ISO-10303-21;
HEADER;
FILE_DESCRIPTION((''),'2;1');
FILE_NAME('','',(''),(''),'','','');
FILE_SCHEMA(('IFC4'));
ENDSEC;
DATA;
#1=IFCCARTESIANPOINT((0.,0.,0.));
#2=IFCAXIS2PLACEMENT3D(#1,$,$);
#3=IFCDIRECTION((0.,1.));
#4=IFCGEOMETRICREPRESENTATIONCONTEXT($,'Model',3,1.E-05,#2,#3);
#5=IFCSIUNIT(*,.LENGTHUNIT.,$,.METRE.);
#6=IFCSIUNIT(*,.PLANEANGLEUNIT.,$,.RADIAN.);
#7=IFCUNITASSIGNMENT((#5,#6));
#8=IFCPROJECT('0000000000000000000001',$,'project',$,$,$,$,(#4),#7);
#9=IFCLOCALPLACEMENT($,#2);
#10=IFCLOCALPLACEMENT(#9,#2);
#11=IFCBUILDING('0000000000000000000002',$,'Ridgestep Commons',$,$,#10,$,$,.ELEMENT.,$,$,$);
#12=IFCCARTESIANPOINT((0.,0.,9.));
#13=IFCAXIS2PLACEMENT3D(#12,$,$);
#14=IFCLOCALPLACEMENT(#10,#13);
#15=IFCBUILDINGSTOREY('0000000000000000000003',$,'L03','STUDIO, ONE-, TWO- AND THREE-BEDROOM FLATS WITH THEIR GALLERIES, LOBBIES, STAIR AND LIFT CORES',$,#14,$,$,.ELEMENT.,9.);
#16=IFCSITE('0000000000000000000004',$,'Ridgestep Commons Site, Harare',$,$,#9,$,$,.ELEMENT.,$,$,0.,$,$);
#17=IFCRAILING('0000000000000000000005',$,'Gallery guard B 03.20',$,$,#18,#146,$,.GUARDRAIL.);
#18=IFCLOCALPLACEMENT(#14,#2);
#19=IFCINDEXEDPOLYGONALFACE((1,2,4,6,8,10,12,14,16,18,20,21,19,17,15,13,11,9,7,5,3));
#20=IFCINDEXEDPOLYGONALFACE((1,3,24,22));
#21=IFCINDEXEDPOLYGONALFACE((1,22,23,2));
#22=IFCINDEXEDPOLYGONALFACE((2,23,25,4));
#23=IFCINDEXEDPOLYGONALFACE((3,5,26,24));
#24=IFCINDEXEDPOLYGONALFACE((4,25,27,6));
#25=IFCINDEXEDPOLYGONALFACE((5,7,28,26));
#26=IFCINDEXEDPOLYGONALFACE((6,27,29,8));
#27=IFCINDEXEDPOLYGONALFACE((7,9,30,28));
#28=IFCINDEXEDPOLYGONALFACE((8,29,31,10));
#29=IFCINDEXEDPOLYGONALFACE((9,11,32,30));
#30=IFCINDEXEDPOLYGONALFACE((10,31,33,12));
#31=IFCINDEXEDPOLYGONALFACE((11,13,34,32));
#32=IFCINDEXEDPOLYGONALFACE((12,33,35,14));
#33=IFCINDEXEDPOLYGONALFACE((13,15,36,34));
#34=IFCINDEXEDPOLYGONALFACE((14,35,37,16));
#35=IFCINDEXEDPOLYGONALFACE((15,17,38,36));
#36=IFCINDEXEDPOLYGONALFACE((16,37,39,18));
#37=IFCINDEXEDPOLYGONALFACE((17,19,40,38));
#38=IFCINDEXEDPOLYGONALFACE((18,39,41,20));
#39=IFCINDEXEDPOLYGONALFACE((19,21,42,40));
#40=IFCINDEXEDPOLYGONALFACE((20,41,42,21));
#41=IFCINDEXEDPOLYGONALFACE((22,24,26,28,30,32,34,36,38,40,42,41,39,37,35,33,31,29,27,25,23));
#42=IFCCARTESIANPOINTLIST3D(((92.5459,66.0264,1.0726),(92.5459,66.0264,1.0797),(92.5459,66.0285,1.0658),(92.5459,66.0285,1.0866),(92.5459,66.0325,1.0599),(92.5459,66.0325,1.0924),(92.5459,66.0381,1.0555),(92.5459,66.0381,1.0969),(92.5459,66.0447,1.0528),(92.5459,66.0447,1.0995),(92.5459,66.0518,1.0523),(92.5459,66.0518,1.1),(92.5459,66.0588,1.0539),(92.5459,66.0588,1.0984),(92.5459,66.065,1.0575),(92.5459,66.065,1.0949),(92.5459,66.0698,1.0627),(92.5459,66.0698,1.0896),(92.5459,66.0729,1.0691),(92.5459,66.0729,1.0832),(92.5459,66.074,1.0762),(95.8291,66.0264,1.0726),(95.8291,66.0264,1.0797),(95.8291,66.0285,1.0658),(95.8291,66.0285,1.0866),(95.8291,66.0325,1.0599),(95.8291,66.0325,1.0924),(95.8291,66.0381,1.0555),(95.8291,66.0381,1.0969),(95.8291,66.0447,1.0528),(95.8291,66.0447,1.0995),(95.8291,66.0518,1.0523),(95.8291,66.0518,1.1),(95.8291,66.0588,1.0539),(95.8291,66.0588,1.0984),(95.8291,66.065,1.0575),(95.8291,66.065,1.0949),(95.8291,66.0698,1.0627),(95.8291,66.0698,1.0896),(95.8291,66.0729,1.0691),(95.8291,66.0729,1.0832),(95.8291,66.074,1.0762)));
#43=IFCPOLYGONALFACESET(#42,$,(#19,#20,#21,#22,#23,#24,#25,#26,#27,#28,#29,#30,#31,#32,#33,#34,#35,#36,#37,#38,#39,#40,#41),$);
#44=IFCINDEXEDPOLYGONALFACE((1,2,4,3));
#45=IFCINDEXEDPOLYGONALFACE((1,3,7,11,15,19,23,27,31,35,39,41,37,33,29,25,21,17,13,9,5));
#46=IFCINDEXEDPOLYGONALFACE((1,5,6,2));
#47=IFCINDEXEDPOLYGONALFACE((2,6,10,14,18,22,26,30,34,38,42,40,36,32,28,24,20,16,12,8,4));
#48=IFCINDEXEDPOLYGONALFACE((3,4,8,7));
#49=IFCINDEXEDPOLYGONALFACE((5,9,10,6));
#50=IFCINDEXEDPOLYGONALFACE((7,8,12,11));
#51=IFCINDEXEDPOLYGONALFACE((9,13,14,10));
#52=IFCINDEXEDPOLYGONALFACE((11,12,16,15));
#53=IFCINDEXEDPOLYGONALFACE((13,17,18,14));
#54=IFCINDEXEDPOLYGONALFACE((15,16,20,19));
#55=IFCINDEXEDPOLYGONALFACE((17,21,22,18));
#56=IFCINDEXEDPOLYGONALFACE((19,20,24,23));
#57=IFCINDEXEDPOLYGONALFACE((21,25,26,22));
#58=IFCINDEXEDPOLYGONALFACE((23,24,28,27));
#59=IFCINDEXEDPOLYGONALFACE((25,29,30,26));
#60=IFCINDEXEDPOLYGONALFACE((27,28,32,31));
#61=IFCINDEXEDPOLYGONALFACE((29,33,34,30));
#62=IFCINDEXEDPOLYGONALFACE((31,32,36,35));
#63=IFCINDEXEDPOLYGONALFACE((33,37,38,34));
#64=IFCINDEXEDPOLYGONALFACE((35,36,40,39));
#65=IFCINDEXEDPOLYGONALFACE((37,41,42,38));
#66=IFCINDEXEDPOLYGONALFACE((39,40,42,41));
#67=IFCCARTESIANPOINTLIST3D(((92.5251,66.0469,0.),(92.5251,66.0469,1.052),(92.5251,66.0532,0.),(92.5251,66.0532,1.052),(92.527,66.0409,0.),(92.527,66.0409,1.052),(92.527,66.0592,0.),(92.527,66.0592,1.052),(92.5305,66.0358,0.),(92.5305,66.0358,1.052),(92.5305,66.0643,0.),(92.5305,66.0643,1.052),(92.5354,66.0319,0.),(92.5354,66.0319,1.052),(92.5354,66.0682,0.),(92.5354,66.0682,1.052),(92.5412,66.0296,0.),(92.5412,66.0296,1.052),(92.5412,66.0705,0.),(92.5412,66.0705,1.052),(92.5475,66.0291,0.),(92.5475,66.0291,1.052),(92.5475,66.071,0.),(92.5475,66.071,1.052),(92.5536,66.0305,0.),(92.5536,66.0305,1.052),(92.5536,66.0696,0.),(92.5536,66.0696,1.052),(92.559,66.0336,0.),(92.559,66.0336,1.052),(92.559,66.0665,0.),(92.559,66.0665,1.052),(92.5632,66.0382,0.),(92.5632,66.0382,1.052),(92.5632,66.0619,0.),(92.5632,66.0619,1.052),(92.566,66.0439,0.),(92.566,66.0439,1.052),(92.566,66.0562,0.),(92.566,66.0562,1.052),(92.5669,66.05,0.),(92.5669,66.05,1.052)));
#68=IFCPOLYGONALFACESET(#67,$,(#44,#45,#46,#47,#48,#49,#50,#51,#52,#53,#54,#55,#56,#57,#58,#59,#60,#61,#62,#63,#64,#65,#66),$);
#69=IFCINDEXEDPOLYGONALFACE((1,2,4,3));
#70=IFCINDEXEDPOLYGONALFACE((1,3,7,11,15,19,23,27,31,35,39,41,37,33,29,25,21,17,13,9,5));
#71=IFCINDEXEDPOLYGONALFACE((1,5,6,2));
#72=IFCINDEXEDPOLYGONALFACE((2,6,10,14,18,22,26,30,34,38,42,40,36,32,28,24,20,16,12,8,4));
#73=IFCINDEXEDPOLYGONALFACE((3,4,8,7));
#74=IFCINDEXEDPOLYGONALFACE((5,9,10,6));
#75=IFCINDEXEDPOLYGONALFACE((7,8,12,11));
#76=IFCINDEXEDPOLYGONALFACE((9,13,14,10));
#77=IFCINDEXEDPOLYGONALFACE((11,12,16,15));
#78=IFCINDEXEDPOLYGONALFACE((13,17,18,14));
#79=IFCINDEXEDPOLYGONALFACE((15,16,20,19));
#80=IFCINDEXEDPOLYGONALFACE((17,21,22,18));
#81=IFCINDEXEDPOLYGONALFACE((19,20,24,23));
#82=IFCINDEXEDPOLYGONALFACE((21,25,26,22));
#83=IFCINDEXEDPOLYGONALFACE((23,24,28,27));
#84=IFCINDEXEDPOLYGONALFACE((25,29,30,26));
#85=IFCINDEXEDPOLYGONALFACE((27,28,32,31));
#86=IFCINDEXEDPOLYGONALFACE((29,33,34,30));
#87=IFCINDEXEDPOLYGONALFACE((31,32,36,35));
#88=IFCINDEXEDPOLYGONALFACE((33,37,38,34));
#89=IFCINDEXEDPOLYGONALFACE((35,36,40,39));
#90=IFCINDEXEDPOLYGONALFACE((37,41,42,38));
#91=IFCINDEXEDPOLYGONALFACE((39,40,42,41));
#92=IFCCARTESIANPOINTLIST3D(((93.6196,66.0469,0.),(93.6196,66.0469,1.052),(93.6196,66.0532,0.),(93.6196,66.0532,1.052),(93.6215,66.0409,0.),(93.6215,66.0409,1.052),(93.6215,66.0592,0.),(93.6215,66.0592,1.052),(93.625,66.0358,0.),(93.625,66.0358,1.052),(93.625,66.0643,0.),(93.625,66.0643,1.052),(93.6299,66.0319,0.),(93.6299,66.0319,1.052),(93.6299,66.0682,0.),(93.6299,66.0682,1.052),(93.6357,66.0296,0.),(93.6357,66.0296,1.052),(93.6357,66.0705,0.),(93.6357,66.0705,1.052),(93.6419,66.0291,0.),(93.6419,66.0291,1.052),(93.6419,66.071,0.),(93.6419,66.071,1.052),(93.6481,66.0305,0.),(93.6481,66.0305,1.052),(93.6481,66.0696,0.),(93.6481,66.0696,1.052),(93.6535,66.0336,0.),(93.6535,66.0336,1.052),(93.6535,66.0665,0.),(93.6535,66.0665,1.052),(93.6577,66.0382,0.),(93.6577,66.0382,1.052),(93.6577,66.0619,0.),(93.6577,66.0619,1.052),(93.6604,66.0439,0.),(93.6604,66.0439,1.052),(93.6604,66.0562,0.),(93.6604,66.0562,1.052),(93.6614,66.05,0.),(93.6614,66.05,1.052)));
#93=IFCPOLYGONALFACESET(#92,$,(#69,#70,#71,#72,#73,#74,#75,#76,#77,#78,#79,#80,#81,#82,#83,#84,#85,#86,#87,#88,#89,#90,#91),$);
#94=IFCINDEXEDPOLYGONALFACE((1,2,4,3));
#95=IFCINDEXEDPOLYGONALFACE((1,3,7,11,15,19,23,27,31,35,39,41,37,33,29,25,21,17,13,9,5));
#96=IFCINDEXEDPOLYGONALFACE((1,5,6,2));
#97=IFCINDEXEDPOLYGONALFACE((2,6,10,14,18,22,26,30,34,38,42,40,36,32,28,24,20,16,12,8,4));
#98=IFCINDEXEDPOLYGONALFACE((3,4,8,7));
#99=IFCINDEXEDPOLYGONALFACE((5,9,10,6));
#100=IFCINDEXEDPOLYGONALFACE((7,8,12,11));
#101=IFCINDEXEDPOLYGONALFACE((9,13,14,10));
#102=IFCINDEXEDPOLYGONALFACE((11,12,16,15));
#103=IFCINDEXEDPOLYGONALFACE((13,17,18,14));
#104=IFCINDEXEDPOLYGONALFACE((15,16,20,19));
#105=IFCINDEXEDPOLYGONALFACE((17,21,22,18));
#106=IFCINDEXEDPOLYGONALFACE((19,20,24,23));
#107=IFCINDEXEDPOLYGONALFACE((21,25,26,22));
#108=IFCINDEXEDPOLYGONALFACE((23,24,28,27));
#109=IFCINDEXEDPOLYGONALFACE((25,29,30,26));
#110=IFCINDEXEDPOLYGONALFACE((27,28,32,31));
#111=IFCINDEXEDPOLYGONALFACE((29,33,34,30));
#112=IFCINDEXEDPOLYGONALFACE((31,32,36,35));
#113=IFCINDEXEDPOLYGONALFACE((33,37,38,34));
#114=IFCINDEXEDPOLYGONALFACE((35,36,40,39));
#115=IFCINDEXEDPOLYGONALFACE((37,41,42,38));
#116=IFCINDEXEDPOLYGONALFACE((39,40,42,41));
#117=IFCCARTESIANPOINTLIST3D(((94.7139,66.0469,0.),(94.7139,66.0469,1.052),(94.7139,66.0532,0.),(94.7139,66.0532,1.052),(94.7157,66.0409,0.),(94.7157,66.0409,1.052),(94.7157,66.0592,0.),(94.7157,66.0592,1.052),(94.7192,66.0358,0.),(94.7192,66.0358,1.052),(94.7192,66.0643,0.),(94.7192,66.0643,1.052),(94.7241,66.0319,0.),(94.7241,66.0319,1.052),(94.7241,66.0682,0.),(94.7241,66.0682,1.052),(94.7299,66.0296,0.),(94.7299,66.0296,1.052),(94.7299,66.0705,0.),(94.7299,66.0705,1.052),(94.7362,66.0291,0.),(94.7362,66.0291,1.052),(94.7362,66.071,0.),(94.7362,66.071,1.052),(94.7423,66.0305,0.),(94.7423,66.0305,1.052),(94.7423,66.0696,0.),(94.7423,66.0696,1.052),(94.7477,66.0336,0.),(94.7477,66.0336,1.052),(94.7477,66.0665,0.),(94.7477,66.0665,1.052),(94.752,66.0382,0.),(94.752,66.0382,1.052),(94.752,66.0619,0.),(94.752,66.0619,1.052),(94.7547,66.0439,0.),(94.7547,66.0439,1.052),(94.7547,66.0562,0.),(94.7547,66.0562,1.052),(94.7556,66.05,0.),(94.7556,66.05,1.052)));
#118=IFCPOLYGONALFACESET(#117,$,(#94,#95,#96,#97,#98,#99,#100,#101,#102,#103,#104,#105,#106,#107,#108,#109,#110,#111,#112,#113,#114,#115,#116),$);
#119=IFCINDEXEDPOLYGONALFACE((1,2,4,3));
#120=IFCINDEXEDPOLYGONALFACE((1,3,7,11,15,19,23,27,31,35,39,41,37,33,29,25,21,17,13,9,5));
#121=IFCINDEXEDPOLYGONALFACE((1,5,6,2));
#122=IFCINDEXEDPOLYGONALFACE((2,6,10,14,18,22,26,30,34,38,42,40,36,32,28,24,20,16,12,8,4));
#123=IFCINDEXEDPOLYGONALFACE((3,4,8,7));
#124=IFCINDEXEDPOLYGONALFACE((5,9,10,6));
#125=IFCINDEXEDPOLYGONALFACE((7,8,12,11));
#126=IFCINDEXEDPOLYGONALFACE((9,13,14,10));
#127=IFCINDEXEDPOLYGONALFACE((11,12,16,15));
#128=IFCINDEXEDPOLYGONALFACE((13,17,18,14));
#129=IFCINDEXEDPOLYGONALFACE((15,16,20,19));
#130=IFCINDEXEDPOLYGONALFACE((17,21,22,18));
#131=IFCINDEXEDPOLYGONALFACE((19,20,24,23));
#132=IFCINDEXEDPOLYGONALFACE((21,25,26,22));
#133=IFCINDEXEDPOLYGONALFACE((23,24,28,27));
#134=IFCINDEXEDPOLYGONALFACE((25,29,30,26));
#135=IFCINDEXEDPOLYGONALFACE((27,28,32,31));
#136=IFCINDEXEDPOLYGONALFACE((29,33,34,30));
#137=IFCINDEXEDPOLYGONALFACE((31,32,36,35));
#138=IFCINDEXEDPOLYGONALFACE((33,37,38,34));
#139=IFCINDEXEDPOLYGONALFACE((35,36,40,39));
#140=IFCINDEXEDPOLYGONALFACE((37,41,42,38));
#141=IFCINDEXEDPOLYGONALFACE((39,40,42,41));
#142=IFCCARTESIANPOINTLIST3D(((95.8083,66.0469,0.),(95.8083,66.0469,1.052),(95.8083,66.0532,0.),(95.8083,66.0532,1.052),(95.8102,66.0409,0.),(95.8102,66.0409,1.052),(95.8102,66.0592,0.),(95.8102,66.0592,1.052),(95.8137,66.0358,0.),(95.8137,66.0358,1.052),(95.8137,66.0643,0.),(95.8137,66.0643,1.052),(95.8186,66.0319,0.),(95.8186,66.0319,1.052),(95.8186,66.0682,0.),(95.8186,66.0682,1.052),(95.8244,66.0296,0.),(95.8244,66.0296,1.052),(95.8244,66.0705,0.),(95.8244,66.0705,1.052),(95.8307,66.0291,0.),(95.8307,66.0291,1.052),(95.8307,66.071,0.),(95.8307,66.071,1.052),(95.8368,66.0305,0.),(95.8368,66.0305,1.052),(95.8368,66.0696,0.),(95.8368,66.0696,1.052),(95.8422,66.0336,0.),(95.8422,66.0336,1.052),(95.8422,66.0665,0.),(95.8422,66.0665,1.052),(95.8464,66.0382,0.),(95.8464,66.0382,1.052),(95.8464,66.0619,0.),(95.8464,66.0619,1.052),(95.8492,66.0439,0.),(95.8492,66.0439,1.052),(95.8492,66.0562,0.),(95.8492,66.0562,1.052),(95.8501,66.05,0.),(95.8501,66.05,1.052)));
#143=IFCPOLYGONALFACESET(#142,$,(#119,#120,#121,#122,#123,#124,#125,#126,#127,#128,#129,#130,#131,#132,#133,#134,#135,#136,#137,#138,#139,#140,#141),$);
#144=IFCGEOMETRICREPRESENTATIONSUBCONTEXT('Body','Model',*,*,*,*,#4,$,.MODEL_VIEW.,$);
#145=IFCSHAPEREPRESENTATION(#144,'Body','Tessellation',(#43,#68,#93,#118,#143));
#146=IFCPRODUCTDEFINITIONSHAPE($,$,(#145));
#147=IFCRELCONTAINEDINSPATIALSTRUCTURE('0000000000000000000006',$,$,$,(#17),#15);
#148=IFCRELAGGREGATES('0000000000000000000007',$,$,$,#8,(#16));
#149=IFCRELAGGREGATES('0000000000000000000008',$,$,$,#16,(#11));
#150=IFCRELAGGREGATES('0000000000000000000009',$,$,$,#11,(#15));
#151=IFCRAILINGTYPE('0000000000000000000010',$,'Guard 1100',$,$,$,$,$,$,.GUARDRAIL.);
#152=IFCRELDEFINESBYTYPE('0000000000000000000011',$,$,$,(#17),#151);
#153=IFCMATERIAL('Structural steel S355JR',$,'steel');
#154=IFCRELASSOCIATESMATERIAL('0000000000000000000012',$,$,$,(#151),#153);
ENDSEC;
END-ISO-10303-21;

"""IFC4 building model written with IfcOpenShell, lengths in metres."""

from ifc_helpers import new_model, si_unit, direction, frame, origin, origin_2d, place, context, subcontext, project, spatial, circle, extrude, material, type_object, element, save


model = new_model("IFC4")

# Units and contexts
model_context = context("Model", 3, precision=1e-05, world=origin(), true_north=direction((0.0, 1.0)))
body_context = subcontext(model_context, "Body", "Model", "MODEL_VIEW")
ifc_project = project(units=[si_unit("LENGTHUNIT", "METRE"), si_unit("PLANEANGLEUNIT", "RADIAN")], contexts=[model_context])

# Site, building, storey
site_placement = place(None, origin())
site = spatial("IfcSite", under=ifc_project, at=site_placement, Name="Ridgestep Commons Site, Harare", CompositionType="ELEMENT", RefElevation=0.0)
building_placement = place(site_placement, origin())
building = spatial("IfcBuilding", under=site, at=building_placement, Name="Ridgestep Commons", CompositionType="ELEMENT")
storey_placement = place(building_placement, frame((0.0, 0.0, 9.0)))
storey = spatial("IfcBuildingStorey", under=building, at=storey_placement, Name="L03", Description="STUDIO, ONE-, TWO- AND THREE-BEDROOM FLATS WITH THEIR GALLERIES, LOBBIES, STAIR AND LIFT CORES", CompositionType="ELEMENT", Elevation=9.0)

# Railing
ifc_material_1 = material(Name="Structural steel S355JR", Category="steel")
railing_type_1 = type_object("IfcRailingType", Name="Guard 1100", PredefinedType="GUARDRAIL", material=ifc_material_1)
railing_1_placement = place(storey_placement, frame((92.5459, 66.05, 0.0)))
element("IfcRailing", 1, at=railing_1_placement, inside=storey, type_object=railing_type_1, Name="Gallery guard B 03.20", PredefinedType="GUARDRAIL", context=body_context, shape_type="SweptSolid", body=[
    extrude(circle(Radius=0.0239, at=origin_2d()), frame((0.0, 0.0, 1.0762), z_axis=(1.0, 0.0, 0.0), x_axis=(0.0, 1.0, 0.0)), (0.0, 0.0, 1.0), 3.2832),
    extrude(circle(Radius=0.021, at=origin_2d()), origin(), (0.0, 0.0, 1.0), 1.052),
    extrude(circle(Radius=0.021, at=origin_2d()), frame((1.0945, 0.0, 0.0)), (0.0, 0.0, 1.0), 1.052),
    extrude(circle(Radius=0.021, at=origin_2d()), frame((2.1887, 0.0, 0.0)), (0.0, 0.0, 1.0), 1.052),
    extrude(circle(Radius=0.021, at=origin_2d()), frame((3.2832, 0.0, 0.0)), (0.0, 0.0, 1.0), 1.052),
])

save(model, "model.ifc")
